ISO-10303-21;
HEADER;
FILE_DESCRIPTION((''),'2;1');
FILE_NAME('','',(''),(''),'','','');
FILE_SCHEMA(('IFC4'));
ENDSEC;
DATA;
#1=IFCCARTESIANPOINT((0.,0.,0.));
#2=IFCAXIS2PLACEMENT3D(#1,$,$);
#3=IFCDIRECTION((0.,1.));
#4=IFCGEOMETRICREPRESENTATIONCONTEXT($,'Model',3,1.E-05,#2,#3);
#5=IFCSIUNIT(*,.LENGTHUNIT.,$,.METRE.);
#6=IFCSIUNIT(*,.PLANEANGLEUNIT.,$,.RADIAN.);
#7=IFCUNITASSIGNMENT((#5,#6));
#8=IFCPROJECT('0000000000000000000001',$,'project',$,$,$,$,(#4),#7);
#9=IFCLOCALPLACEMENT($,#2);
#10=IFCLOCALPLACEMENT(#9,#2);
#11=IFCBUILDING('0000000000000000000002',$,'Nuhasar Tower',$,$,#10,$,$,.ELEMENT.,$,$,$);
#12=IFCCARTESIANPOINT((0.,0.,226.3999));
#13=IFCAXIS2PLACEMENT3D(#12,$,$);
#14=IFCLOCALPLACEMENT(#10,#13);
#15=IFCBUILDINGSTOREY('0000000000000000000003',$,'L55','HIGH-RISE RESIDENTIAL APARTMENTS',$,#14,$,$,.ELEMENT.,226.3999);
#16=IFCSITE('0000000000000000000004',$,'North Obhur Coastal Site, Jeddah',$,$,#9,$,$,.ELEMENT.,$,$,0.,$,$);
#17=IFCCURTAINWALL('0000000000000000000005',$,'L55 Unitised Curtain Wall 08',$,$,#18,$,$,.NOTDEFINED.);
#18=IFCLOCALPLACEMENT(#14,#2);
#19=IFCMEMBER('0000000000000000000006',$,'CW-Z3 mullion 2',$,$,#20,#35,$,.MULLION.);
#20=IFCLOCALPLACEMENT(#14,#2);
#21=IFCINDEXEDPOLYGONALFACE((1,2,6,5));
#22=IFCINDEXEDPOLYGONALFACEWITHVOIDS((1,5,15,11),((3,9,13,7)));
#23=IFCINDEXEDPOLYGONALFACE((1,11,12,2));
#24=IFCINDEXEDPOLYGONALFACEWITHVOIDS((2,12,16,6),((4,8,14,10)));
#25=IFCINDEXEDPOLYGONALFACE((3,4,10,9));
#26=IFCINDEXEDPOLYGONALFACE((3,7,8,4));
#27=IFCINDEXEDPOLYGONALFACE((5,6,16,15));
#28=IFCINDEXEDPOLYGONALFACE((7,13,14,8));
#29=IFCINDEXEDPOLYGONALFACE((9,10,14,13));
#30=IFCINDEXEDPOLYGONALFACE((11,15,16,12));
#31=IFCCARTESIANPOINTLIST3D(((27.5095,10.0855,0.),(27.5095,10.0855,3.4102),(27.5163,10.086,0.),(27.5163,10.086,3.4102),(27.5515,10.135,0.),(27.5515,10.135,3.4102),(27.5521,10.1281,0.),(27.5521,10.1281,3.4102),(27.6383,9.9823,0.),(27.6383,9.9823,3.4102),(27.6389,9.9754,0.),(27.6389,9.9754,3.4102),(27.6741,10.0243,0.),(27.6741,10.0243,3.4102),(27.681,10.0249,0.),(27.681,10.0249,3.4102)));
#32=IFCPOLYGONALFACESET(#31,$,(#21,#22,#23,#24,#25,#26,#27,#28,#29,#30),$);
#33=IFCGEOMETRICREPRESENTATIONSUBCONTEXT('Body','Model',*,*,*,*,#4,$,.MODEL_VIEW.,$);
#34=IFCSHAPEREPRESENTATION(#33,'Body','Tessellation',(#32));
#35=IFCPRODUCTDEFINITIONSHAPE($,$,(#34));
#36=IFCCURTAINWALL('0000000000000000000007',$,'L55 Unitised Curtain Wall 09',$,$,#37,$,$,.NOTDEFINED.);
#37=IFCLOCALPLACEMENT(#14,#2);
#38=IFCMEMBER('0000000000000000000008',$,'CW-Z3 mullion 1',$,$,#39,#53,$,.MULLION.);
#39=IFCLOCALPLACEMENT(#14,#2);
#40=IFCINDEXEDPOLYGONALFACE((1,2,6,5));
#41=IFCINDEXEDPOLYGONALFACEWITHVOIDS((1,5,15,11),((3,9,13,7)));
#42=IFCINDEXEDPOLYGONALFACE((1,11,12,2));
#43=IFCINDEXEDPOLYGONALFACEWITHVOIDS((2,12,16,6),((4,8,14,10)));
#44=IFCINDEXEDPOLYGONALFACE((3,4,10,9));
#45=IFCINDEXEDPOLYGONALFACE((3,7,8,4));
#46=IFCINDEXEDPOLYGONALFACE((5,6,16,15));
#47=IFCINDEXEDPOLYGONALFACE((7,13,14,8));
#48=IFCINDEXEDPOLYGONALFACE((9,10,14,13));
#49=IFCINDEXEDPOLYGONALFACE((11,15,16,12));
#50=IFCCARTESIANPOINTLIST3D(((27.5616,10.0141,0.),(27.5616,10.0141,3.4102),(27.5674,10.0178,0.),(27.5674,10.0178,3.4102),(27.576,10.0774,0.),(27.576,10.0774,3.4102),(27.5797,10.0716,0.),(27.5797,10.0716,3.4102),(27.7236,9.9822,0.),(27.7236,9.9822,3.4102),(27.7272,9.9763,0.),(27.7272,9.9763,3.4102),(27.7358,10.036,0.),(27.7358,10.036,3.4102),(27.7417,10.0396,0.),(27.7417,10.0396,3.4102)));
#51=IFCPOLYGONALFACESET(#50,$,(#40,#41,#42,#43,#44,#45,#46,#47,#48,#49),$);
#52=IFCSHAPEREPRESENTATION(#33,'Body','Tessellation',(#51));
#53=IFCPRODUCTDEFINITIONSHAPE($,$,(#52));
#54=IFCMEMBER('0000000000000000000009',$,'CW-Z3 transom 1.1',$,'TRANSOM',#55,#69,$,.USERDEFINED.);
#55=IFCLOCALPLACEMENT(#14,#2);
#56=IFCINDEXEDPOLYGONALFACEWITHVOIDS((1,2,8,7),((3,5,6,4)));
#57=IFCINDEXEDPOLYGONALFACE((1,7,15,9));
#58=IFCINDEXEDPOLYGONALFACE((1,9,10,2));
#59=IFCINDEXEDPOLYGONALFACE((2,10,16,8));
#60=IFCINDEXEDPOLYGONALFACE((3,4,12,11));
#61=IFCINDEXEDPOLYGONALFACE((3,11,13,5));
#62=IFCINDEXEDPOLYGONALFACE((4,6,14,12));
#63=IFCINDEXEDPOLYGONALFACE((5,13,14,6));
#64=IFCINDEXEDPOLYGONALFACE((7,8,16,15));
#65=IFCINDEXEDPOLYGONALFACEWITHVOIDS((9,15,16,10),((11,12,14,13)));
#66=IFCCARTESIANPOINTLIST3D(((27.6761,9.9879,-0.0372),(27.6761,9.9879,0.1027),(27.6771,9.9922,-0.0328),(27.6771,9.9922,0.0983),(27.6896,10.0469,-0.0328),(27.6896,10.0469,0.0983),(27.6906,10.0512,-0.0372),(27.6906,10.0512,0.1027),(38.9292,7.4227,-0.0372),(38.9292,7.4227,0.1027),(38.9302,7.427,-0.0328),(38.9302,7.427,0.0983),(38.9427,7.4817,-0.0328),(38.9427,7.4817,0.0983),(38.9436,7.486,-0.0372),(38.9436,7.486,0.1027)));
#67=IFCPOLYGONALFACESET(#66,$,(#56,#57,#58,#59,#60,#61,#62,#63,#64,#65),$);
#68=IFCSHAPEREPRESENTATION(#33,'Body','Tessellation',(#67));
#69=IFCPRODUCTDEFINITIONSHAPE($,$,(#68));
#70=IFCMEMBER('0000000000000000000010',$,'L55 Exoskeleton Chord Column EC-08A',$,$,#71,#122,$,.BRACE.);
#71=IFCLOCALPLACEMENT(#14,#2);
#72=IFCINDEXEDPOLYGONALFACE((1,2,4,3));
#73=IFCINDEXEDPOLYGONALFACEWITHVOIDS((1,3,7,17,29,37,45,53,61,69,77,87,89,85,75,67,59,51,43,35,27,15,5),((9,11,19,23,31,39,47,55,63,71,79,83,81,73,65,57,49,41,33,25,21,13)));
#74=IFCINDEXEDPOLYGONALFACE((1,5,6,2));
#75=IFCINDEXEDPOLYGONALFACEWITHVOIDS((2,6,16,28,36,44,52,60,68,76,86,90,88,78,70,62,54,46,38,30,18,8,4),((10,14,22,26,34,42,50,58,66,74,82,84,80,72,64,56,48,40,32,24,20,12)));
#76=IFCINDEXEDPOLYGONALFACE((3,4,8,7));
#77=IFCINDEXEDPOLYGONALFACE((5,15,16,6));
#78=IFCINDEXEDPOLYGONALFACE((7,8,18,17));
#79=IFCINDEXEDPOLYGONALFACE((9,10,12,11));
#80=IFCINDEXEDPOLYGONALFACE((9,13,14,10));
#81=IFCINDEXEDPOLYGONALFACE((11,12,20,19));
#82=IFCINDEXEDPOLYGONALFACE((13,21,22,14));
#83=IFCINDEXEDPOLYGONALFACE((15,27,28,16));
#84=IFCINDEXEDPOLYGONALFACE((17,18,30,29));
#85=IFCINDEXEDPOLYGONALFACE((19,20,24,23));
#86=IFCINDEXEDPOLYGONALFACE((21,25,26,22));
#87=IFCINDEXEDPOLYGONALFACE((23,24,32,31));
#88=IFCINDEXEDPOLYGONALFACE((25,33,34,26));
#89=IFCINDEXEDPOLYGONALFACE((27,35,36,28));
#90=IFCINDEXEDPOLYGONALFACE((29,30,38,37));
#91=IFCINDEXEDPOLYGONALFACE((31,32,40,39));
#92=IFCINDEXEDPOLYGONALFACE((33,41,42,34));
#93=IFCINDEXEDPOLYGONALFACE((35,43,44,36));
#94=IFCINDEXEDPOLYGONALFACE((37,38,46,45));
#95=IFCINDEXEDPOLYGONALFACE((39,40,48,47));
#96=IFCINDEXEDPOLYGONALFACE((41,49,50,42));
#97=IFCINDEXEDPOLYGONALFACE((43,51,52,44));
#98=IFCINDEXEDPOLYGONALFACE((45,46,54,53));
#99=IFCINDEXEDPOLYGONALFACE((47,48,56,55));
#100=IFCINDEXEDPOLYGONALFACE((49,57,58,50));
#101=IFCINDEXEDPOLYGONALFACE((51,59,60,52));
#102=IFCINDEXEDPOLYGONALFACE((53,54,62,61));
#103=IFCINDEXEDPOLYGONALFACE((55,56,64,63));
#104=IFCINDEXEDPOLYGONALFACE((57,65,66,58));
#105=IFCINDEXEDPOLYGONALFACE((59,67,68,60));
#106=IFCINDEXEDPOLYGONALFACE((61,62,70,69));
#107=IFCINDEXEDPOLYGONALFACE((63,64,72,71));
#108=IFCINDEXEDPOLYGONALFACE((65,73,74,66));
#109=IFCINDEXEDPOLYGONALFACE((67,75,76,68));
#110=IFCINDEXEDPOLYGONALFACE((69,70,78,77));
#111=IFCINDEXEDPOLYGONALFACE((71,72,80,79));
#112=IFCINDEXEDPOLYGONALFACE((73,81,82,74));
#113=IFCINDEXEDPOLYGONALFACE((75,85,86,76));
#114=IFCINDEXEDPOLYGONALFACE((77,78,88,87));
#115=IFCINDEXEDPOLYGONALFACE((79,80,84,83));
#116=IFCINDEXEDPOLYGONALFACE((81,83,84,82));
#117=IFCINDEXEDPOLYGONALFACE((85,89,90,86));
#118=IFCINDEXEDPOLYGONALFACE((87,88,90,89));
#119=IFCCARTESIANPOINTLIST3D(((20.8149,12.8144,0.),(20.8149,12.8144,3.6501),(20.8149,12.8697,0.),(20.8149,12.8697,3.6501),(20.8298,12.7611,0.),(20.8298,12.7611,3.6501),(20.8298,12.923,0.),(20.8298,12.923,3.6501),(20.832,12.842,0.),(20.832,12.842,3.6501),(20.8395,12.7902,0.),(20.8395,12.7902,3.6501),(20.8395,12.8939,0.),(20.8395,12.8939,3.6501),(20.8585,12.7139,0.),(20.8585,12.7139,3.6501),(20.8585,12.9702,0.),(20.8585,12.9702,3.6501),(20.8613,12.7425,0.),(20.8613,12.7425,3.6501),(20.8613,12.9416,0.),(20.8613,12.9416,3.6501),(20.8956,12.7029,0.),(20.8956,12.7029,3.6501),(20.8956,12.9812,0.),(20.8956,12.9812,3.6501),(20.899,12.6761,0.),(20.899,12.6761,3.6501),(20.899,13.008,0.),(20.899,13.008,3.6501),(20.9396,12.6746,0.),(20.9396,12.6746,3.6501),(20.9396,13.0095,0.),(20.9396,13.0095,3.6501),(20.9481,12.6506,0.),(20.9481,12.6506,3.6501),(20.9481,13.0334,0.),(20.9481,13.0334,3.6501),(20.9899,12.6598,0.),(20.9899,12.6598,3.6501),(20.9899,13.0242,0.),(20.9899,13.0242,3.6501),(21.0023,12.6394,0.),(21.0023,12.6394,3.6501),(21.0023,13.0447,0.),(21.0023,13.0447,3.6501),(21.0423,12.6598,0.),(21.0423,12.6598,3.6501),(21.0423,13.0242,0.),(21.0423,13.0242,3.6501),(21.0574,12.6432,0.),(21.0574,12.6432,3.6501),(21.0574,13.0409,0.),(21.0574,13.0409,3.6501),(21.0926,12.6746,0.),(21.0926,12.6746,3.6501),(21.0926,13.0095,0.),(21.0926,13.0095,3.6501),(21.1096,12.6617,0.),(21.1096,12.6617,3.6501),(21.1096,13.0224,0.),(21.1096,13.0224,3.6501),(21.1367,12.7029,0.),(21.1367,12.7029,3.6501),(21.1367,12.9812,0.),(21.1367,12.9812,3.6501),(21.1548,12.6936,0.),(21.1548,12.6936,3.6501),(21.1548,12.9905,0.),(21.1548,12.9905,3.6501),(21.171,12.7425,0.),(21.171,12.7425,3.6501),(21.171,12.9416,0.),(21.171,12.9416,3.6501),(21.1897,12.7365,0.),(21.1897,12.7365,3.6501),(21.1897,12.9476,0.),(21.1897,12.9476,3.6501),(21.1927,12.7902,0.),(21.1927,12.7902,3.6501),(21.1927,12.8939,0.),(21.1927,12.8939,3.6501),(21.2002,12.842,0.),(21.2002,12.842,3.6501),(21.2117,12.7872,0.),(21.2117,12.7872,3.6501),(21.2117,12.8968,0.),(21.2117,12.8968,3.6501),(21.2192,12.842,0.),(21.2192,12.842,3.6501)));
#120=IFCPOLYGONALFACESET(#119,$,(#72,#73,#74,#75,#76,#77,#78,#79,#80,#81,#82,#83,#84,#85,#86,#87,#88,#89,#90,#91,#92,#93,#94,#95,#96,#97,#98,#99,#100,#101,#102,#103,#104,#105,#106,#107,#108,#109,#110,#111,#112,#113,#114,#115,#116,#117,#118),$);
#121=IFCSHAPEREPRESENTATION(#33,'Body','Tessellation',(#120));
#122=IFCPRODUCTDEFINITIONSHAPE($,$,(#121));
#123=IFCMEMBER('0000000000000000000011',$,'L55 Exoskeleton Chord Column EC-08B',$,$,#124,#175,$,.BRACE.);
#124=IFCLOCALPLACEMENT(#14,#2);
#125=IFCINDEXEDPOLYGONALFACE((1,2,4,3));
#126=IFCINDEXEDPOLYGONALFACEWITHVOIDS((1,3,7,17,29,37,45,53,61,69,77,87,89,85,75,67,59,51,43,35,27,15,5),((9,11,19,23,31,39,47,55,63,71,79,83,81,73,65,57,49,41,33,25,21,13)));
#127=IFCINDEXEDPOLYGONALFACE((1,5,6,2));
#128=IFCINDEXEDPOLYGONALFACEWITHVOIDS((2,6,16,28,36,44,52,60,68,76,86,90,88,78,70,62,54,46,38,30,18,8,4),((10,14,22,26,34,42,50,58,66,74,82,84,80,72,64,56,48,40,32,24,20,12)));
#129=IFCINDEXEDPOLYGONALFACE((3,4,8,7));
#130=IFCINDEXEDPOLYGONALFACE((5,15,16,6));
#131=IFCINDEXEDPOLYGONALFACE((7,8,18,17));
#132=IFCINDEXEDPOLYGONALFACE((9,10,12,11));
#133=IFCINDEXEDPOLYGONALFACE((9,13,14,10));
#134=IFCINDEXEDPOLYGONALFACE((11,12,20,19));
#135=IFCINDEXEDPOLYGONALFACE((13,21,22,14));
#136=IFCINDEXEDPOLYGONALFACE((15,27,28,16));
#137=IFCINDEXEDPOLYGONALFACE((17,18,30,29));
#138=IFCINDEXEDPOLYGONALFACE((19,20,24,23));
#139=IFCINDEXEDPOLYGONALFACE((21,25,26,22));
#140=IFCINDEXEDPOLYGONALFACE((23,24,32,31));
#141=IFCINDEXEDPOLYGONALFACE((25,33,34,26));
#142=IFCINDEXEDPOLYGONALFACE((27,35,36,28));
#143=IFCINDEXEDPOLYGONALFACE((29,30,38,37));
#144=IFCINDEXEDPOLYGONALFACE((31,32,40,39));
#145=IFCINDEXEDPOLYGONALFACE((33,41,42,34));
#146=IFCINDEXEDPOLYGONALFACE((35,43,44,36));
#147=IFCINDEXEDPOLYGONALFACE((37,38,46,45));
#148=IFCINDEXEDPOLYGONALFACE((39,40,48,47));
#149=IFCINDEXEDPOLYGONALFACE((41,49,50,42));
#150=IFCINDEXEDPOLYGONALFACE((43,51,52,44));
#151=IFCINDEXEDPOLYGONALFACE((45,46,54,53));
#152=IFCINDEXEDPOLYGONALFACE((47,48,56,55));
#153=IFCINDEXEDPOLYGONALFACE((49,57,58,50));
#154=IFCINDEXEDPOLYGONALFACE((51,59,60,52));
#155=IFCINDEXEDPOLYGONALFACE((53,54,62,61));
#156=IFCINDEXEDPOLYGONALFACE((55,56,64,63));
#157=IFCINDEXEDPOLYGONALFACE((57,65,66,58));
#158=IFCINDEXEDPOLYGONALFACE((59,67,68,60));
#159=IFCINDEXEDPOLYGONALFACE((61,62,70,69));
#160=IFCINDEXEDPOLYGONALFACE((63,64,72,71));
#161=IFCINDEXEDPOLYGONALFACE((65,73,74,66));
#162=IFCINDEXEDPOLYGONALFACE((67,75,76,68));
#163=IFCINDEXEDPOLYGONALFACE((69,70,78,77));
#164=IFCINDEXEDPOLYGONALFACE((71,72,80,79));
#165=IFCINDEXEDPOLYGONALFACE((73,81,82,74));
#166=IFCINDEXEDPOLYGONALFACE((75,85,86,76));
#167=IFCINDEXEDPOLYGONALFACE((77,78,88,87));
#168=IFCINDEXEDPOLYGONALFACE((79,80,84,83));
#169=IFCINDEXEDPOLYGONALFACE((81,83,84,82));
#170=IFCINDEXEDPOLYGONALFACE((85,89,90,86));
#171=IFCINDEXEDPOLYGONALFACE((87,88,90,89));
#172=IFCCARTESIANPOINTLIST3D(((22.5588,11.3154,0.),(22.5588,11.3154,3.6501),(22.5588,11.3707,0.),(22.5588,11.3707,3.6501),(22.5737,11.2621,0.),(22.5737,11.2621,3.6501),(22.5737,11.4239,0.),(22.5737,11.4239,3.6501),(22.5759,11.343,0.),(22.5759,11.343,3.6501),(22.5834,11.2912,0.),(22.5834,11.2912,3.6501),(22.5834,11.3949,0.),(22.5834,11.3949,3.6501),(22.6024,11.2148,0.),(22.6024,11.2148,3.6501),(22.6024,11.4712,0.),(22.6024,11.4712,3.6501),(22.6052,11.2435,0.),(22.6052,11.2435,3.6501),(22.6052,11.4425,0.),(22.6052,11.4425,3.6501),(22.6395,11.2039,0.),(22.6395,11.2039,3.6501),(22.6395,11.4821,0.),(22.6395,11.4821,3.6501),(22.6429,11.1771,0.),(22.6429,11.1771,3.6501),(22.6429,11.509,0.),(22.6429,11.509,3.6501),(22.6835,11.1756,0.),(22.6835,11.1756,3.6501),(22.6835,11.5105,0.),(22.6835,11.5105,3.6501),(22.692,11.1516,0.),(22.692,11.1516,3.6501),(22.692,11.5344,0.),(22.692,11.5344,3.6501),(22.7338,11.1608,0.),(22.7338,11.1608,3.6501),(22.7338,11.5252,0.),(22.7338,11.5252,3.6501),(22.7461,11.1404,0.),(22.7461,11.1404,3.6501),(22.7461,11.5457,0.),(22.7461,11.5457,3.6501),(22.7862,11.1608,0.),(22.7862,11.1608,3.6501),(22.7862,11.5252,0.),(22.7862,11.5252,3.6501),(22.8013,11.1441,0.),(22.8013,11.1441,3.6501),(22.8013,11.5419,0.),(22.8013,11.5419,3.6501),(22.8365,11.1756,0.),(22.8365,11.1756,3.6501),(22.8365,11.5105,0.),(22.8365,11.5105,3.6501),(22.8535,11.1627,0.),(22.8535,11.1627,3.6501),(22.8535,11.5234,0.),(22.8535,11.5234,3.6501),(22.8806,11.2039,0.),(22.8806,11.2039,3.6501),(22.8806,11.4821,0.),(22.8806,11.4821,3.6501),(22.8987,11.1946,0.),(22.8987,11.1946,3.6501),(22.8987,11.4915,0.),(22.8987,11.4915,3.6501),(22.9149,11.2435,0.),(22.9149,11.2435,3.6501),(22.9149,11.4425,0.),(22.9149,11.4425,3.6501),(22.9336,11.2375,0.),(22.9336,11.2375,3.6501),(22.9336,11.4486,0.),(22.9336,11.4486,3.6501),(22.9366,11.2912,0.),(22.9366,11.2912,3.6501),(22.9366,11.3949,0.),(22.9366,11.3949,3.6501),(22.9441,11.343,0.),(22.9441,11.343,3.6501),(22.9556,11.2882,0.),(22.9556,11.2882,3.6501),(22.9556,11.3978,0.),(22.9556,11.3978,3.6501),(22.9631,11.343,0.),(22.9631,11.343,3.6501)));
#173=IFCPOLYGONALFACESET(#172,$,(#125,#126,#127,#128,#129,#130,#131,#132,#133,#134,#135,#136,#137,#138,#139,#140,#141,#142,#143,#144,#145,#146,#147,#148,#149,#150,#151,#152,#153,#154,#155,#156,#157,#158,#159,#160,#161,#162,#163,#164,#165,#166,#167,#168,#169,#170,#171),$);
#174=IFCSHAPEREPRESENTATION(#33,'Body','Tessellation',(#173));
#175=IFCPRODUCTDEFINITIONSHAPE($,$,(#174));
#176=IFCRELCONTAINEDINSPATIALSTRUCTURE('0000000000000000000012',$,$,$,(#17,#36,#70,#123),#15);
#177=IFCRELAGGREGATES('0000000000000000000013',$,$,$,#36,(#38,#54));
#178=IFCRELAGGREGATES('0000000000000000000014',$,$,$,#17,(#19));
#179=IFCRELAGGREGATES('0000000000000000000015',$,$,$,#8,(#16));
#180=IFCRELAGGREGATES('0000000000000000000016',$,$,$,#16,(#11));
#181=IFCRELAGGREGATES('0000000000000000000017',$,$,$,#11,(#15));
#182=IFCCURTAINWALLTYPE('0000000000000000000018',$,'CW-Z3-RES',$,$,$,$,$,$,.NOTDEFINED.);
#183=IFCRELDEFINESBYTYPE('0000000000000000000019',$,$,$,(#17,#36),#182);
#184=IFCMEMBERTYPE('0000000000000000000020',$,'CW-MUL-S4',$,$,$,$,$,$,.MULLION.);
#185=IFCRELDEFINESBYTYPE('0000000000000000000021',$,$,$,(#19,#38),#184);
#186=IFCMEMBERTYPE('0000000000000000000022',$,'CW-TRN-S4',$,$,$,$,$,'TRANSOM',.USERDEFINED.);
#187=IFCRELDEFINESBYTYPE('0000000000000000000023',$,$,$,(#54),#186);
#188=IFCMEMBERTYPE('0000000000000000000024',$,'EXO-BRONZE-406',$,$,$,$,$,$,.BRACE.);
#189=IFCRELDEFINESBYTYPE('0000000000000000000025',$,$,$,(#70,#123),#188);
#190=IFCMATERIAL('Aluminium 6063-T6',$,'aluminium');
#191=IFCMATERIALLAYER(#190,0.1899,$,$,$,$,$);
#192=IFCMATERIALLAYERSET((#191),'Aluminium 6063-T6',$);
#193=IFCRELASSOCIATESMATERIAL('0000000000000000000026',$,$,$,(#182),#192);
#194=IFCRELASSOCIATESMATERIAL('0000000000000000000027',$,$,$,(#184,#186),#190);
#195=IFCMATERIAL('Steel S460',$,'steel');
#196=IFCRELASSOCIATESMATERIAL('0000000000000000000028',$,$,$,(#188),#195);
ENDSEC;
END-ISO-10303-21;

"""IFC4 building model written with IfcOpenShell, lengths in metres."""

from ifc_helpers import new_model, si_unit, direction, frame, origin, origin_2d, place, context, subcontext, project, spatial, hollow_rectangle, hollow_circle, extrude, material, layer, layer_set, material_profile, profile_set, type_object, element, aggregate, save


model = new_model("IFC4")

# Units and contexts
model_context = context("Model", 3, precision=1e-05, world=origin(), true_north=direction((0.0, 1.0)))
body_context = subcontext(model_context, "Body", "Model", "MODEL_VIEW")
ifc_project = project(units=[si_unit("LENGTHUNIT", "METRE"), si_unit("PLANEANGLEUNIT", "RADIAN")], contexts=[model_context])

# Site, building, storey
site_placement = place(None, origin())
site = spatial("IfcSite", under=ifc_project, at=site_placement, Name="North Obhur Coastal Site, Jeddah", CompositionType="ELEMENT", RefElevation=0.0)
building_placement = place(site_placement, origin())
building = spatial("IfcBuilding", under=site, at=building_placement, Name="Nuhasar Tower", CompositionType="ELEMENT")
storey_placement = place(building_placement, frame((0.0, 0.0, 226.3999)))
storey = spatial("IfcBuildingStorey", under=building, at=storey_placement, Name="L55", Description="HIGH-RISE RESIDENTIAL APARTMENTS", CompositionType="ELEMENT", Elevation=226.3999)

# Curtain wall, member
ifc_material_1 = material(Name="Aluminium 6063-T6", Category="aluminium")
ifc_layer_1 = layer(ifc_material_1, 0.1899)
ifc_layer_set_1 = layer_set([ifc_layer_1], Name="Aluminium 6063-T6")
curtain_wall_type = type_object("IfcCurtainWallType", Name="CW-Z3-RES", PredefinedType="NOTDEFINED", material=ifc_layer_set_1)
curtain_wall_1_placement = place(storey_placement, origin())
curtain_wall_1 = element("IfcCurtainWall", 1, at=curtain_wall_1_placement, inside=storey, type_object=curtain_wall_type, Name="L55 Unitised Curtain Wall 08", PredefinedType="NOTDEFINED")
ifc_material_profile_1 = material_profile(ifc_material_1, hollow_rectangle(XDim=0.0649, YDim=0.1699, WallThickness=0.0049, at=origin_2d()), Name="CWM-4")
ifc_profile_set_1 = profile_set([ifc_material_profile_1], Name="Aluminium 6063-T6")
member_type_1 = type_object("IfcMemberType", Name="CW-MUL-S4", PredefinedType="MULLION", material=ifc_profile_set_1)
member_1_placement = place(storey_placement, frame((27.5952, 10.0552, 0.0), z_axis=(0.0, 0.0, 1.0), x_axis=(0.647895, 0.761729, 0.0)))
member_1 = element("IfcMember", 2, at=member_1_placement, type_object=member_type_1, Name="CW-Z3 mullion 2", PredefinedType="MULLION", context=body_context, shape_type="SweptSolid", body=[
    extrude(hollow_rectangle(XDim=0.0649, YDim=0.1699, WallThickness=0.0049, at=origin_2d()), origin(), (0.0, 0.0, 1.0), 3.4102),
])

# Curtain wall, members
curtain_wall_2_placement = place(storey_placement, origin())
curtain_wall_2 = element("IfcCurtainWall", 3, at=curtain_wall_2_placement, inside=storey, type_object=curtain_wall_type, Name="L55 Unitised Curtain Wall 09", PredefinedType="NOTDEFINED")
member_2_placement = place(storey_placement, frame((27.6516, 10.0269, 0.0), z_axis=(0.0, 0.0, 1.0), x_axis=(0.222243, 0.974991, 0.0)))
member_2 = element("IfcMember", 4, at=member_2_placement, type_object=member_type_1, Name="CW-Z3 mullion 1", PredefinedType="MULLION", context=body_context, shape_type="SweptSolid", body=[
    extrude(hollow_rectangle(XDim=0.0649, YDim=0.1699, WallThickness=0.0049, at=origin_2d()), origin(), (0.0, 0.0, 1.0), 3.4102),
])
ifc_material_profile_2 = material_profile(ifc_material_1, hollow_rectangle(XDim=0.0649, YDim=0.1399, WallThickness=0.0044, at=origin_2d()), Name="CWT-4")
ifc_profile_set_2 = profile_set([ifc_material_profile_2], Name="Aluminium 6063-T6")
member_type_2 = type_object("IfcMemberType", Name="CW-TRN-S4", ElementType="TRANSOM", PredefinedType="USERDEFINED", material=ifc_profile_set_2)
member_3_placement = place(storey_placement, frame((27.6833, 10.0195, 0.0327), z_axis=(0.974989, -0.222251, 0.0), x_axis=(0.222251, 0.974989, 0.0)))
member_3 = element("IfcMember", 5, at=member_3_placement, type_object=member_type_2, Name="CW-Z3 transom 1.1", ObjectType="TRANSOM", PredefinedType="USERDEFINED", context=body_context, shape_type="SweptSolid", body=[
    extrude(hollow_rectangle(XDim=0.0649, YDim=0.1399, WallThickness=0.0044, at=origin_2d()), origin(), (0.0, 0.0, 1.0), 11.5417),
])
aggregate(curtain_wall_2, [member_2, member_3])

# Members
ifc_material_2 = material(Name="Steel S460", Category="steel")
ifc_material_profile_3 = material_profile(ifc_material_2, hollow_circle(Radius=0.2031, WallThickness=0.019, at=origin_2d()), Name="HSS406.4X19.1")
ifc_profile_set_3 = profile_set([ifc_material_profile_3], Name="Steel S460")
member_type_3 = type_object("IfcMemberType", Name="EXO-BRONZE-406", PredefinedType="BRACE", material=ifc_profile_set_3)
for number, where, z_axis, x_axis, name in (
    (6, (21.0161, 12.842, 0.0), (0.0, 0.0, 1.0), (1.0, 0.0, 0.0), "L55 Exoskeleton Chord Column EC-08A"),
    (7, (22.76, 11.343, 0.0), (0.0, 0.0, 1.0), (1.0, 0.0, 0.0), "L55 Exoskeleton Chord Column EC-08B"),
):
    element("IfcMember", number, at=place(storey_placement, frame(where, z_axis=z_axis, x_axis=x_axis)), inside=storey, type_object=member_type_3, Name=name, PredefinedType="BRACE", context=body_context, shape_type="SweptSolid", body=[
        extrude(hollow_circle(Radius=0.2031, WallThickness=0.019, at=origin_2d()), origin(), (0.0, 0.0, 1.0), 3.6501),
    ])

aggregate(curtain_wall_1, [member_1])

save(model, "model.ifc")
